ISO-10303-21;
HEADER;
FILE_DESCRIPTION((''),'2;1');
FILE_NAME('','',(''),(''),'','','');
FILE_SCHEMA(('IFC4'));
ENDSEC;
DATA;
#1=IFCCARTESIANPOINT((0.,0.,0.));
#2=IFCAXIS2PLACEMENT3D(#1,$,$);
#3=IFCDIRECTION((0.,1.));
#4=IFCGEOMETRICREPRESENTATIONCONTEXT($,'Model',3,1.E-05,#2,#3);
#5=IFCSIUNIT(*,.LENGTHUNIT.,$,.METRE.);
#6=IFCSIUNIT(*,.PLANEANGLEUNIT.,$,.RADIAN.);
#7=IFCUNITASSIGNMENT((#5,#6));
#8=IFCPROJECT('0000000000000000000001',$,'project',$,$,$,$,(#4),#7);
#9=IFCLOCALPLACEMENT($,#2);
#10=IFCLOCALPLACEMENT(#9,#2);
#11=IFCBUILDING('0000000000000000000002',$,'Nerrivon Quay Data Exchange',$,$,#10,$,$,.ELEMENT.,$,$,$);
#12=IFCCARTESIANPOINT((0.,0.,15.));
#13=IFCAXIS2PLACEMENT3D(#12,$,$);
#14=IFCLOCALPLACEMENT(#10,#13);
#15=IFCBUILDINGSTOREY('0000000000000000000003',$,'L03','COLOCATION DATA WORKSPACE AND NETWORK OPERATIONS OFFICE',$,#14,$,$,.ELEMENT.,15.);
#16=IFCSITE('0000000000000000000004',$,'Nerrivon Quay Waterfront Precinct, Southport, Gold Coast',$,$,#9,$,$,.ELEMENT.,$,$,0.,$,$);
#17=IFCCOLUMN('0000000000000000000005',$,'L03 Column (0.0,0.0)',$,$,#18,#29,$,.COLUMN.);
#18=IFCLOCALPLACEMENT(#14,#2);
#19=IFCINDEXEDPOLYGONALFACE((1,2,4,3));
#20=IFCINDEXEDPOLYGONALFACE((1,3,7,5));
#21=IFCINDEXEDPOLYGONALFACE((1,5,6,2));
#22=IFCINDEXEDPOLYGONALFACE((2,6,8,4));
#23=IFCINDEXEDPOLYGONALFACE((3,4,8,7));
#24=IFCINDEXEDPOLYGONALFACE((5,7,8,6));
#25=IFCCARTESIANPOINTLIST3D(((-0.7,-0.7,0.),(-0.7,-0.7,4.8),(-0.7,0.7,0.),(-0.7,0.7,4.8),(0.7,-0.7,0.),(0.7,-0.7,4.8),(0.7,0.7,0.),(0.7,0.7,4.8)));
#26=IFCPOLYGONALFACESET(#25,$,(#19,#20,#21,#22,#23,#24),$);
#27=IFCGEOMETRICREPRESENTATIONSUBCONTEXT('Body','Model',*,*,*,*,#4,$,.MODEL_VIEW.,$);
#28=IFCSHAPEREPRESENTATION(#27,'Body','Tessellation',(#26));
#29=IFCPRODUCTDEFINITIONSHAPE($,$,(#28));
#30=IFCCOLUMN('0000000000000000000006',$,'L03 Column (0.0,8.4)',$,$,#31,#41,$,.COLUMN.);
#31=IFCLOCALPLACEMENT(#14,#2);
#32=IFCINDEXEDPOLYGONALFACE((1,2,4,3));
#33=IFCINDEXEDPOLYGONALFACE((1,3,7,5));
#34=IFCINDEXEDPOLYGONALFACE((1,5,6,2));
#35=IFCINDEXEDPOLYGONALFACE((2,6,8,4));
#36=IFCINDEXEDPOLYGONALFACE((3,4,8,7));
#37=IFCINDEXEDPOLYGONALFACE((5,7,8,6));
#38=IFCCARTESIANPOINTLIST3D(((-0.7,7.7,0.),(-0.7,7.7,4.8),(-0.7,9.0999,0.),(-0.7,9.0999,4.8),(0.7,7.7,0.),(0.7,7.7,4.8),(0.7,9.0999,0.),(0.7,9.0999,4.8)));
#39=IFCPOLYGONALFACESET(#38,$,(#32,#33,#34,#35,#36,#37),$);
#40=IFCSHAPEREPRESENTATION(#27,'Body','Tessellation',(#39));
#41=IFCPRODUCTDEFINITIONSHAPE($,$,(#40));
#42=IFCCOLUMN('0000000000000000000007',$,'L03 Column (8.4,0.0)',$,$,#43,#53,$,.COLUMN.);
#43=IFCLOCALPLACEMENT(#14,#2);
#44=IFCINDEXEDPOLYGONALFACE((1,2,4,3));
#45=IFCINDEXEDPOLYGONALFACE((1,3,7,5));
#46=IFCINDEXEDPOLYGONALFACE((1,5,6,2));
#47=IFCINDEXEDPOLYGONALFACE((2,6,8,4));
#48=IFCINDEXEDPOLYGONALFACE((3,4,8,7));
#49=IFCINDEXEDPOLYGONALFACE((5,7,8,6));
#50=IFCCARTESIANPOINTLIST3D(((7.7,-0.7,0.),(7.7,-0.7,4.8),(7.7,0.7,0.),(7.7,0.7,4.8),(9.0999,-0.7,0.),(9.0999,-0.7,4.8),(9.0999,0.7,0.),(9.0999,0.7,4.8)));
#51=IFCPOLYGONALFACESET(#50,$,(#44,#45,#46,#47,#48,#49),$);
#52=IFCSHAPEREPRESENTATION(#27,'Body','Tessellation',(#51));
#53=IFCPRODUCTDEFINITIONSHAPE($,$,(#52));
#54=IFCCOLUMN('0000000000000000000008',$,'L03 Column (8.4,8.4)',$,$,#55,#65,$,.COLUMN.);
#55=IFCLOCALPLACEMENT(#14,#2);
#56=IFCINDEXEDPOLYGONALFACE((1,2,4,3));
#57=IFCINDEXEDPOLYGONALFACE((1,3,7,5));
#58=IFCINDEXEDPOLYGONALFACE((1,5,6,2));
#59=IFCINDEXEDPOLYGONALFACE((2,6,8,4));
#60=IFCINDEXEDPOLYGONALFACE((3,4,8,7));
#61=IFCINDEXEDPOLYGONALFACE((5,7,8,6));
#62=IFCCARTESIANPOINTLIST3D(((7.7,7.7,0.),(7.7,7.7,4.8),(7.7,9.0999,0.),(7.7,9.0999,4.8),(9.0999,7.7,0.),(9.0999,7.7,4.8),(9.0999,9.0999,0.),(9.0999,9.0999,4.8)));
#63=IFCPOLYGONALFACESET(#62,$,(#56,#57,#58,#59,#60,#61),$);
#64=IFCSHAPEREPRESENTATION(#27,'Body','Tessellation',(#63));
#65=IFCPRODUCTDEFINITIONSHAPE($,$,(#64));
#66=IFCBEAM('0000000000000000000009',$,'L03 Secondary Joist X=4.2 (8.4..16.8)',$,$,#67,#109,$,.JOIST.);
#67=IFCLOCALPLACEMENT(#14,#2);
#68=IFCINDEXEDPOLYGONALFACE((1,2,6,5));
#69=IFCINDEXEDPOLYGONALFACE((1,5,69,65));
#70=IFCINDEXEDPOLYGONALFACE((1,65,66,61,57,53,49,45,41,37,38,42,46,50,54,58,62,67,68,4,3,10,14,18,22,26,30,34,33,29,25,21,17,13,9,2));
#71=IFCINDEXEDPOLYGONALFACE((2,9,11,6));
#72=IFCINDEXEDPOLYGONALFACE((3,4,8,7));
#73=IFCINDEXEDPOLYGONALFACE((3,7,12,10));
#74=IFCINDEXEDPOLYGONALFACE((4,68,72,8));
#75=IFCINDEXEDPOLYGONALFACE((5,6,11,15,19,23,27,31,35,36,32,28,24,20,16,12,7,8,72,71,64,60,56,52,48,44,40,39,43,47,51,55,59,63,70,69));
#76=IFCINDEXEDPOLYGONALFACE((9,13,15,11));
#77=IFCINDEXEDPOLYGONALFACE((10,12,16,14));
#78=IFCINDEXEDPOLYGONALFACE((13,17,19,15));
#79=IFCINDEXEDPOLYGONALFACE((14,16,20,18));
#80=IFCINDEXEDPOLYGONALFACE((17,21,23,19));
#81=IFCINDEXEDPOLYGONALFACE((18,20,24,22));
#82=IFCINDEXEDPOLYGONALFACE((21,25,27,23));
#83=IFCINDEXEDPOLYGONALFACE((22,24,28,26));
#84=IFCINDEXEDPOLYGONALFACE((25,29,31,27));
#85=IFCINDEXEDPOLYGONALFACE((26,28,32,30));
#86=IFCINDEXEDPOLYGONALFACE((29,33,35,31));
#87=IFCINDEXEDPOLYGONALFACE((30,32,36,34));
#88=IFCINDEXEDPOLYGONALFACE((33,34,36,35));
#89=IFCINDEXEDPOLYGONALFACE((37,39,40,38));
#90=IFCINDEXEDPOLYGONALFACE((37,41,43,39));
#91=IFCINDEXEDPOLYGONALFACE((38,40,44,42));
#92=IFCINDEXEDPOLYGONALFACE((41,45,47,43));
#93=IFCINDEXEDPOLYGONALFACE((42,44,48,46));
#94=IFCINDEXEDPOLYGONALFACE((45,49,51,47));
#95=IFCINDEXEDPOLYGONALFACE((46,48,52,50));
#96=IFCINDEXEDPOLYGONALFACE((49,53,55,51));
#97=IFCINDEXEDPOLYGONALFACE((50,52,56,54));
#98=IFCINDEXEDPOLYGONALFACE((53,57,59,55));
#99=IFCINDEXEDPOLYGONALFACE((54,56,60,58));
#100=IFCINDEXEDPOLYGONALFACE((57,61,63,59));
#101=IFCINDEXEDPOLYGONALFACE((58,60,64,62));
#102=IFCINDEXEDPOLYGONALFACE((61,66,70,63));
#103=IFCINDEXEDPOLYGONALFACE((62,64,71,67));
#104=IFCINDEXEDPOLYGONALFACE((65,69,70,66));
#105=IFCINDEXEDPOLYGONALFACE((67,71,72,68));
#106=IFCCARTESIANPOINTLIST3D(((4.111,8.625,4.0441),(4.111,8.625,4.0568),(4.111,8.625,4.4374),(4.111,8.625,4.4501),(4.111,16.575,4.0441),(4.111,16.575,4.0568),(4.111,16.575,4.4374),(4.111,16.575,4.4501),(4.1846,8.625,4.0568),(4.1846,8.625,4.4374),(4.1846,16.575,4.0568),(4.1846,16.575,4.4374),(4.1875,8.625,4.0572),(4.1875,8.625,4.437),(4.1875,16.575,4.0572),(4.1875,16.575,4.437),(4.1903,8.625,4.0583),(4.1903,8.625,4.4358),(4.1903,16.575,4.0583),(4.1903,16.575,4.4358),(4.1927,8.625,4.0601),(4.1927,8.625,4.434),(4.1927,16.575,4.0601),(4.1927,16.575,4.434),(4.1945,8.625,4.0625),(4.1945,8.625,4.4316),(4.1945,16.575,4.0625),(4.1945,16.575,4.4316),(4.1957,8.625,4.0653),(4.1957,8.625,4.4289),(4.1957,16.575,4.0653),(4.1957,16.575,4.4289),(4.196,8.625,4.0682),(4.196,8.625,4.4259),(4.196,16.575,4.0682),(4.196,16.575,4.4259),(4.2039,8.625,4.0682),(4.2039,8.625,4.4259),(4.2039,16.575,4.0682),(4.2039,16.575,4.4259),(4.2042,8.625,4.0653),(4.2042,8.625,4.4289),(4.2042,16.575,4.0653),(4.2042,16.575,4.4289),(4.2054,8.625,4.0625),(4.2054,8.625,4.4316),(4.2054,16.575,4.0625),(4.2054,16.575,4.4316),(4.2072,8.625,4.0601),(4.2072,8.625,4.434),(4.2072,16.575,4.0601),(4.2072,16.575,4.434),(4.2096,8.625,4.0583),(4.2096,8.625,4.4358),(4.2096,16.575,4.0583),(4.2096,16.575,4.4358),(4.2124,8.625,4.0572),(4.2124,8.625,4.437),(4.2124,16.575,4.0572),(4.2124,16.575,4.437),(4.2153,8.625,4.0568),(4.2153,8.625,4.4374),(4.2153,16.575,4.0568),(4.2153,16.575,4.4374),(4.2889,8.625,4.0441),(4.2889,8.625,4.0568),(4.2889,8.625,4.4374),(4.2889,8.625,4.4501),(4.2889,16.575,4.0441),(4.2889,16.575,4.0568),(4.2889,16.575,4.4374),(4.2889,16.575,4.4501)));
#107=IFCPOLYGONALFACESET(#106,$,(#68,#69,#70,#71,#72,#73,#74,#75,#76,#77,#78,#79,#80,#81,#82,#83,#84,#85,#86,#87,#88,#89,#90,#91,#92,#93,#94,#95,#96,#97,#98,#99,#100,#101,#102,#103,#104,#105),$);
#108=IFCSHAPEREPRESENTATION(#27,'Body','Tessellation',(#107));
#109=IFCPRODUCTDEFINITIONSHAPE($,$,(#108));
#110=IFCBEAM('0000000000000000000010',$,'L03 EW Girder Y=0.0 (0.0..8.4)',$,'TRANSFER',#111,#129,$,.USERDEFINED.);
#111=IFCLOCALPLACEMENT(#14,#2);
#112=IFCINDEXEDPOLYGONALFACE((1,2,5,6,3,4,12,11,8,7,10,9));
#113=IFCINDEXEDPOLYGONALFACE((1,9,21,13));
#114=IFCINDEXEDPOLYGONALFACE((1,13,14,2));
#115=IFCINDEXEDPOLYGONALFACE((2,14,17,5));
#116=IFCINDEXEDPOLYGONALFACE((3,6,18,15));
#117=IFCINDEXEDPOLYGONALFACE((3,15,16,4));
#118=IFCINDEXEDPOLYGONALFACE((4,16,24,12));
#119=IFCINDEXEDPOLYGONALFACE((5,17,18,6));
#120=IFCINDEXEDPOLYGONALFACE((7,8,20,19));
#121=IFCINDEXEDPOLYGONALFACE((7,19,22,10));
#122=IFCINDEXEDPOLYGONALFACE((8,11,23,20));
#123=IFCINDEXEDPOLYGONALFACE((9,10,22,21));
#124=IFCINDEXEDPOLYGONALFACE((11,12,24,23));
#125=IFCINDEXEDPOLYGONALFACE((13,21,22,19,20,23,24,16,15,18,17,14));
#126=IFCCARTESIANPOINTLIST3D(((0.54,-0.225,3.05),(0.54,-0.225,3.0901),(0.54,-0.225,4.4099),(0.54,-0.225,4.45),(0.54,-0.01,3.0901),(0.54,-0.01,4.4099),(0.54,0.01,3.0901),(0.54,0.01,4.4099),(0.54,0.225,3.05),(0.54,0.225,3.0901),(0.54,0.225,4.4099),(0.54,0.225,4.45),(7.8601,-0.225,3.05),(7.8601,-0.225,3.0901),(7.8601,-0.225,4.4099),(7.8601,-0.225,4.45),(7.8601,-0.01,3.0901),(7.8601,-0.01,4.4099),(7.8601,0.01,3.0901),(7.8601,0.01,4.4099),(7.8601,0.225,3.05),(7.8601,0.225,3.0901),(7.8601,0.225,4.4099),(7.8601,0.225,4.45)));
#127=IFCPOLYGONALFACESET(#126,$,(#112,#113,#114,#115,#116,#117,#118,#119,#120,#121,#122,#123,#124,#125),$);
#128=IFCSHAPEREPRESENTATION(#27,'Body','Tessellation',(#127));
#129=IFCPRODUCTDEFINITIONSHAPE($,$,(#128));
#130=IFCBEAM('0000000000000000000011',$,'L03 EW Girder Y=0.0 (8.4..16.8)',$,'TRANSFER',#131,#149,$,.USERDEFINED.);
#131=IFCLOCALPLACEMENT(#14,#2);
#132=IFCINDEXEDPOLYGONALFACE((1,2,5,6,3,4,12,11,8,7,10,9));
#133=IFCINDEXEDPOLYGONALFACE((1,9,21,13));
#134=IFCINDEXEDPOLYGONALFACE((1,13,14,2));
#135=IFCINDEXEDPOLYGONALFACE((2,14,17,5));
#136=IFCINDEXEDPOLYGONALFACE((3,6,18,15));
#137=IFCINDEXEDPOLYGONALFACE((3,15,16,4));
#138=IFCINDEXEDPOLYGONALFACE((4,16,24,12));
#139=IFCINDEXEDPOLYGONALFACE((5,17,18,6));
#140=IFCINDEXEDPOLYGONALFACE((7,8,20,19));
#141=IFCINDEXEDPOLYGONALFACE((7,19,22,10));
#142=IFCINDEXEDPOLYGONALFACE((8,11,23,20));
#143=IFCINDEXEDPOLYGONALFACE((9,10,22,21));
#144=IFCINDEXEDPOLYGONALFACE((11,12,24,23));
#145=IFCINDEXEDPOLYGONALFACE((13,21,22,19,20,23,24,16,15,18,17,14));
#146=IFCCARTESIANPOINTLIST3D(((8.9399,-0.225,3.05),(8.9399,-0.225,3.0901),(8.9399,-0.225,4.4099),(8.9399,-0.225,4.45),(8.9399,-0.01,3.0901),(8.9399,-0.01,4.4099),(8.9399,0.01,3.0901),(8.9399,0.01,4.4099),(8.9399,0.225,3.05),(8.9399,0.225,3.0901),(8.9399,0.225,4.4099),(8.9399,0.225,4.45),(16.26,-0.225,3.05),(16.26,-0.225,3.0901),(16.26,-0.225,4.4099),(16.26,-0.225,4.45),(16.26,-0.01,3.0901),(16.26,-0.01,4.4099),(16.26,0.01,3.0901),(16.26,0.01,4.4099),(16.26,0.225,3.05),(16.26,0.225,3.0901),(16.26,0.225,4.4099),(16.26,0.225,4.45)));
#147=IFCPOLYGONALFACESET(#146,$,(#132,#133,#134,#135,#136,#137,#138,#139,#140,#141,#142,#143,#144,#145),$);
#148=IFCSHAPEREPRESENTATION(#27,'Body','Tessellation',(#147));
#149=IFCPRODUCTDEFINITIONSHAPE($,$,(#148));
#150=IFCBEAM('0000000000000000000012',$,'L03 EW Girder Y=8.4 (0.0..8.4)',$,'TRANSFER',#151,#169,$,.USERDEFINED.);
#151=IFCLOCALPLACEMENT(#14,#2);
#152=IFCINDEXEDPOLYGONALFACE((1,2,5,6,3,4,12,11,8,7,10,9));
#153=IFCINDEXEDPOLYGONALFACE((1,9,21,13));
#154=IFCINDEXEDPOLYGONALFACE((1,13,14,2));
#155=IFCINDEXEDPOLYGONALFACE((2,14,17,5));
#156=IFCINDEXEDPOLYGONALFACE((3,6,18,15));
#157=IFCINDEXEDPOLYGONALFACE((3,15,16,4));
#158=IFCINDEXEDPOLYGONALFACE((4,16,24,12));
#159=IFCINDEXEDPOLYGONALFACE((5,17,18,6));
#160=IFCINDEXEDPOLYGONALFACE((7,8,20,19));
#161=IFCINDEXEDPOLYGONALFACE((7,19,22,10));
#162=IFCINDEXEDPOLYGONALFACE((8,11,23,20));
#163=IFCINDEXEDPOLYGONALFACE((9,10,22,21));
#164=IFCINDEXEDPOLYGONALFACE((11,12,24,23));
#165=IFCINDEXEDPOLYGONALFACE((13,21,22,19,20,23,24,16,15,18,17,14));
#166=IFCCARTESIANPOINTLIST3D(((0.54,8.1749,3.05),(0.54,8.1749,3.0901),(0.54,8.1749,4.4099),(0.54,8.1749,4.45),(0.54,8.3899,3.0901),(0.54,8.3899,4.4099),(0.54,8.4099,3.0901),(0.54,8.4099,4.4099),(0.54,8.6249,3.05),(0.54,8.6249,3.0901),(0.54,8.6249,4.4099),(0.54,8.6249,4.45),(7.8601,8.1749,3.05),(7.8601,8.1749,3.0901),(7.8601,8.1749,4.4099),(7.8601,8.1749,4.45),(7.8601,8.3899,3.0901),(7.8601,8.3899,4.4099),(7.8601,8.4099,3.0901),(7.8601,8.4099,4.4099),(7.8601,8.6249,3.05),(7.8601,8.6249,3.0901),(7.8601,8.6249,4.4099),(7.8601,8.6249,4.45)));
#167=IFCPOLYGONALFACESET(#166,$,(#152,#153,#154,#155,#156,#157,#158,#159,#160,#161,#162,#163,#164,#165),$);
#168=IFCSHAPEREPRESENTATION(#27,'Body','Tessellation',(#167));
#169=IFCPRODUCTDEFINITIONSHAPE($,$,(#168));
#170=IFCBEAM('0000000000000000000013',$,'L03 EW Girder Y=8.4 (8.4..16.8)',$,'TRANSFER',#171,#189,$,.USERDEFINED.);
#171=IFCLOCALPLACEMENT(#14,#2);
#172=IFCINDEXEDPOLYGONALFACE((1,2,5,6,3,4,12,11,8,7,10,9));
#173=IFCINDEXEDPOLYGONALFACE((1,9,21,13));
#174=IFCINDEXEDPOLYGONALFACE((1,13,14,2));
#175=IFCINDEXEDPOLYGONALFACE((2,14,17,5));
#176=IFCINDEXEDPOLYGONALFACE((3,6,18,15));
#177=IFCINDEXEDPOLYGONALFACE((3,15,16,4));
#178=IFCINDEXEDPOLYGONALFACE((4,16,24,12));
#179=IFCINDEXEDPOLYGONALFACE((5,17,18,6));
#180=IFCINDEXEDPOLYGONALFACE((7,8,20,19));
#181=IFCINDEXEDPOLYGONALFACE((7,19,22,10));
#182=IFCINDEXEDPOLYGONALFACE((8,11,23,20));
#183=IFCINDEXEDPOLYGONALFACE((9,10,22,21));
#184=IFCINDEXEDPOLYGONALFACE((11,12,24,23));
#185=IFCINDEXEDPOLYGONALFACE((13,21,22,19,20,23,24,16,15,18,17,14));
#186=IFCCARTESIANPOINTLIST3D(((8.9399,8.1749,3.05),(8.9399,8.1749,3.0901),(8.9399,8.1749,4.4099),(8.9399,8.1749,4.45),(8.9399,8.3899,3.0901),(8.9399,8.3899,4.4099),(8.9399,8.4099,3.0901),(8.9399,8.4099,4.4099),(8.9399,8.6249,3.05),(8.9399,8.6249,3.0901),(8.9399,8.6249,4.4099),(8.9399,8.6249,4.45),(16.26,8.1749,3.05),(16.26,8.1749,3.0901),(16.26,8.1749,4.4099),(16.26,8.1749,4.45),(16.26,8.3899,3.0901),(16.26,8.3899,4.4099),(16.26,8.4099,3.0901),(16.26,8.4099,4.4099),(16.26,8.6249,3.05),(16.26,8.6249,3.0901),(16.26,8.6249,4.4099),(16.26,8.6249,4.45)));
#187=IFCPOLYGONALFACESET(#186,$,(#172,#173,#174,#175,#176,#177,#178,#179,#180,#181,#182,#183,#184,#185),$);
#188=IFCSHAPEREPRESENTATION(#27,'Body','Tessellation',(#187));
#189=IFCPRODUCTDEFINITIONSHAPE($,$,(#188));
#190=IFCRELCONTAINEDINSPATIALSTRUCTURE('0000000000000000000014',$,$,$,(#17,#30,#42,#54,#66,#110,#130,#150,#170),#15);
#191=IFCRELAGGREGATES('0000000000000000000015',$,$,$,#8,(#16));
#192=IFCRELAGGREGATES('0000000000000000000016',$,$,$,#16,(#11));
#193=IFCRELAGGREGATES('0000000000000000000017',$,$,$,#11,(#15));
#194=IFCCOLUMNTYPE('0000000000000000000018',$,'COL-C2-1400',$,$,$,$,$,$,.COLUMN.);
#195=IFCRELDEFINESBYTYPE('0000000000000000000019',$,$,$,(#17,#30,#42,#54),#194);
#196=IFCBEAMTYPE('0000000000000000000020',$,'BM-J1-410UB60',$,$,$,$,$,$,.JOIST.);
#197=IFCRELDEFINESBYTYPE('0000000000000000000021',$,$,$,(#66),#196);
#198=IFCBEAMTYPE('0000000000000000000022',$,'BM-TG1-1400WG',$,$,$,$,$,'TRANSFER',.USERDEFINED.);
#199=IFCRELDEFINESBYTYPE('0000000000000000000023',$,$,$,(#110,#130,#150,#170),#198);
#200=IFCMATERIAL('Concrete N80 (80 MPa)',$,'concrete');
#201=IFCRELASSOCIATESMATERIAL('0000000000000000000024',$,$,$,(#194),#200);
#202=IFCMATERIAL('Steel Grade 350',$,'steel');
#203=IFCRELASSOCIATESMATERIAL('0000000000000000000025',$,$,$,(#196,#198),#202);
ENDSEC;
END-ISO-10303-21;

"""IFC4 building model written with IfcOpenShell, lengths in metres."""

from ifc_helpers import new_model, si_unit, direction, frame, origin, origin_2d, place, context, subcontext, project, spatial, rectangle, i_section, extrude, material, material_profile, profile_set, type_object, element, save


model = new_model("IFC4")

# Units and contexts
model_context = context("Model", 3, precision=1e-05, world=origin(), true_north=direction((0.0, 1.0)))
body_context = subcontext(model_context, "Body", "Model", "MODEL_VIEW")
ifc_project = project(units=[si_unit("LENGTHUNIT", "METRE"), si_unit("PLANEANGLEUNIT", "RADIAN")], contexts=[model_context])

# Site, building, storey
site_placement = place(None, origin())
site = spatial("IfcSite", under=ifc_project, at=site_placement, Name="Nerrivon Quay Waterfront Precinct, Southport, Gold Coast", CompositionType="ELEMENT", RefElevation=0.0)
building_placement = place(site_placement, origin())
building = spatial("IfcBuilding", under=site, at=building_placement, Name="Nerrivon Quay Data Exchange", CompositionType="ELEMENT")
storey_placement = place(building_placement, frame((0.0, 0.0, 15.0)))
storey = spatial("IfcBuildingStorey", under=building, at=storey_placement, Name="L03", Description="COLOCATION DATA WORKSPACE AND NETWORK OPERATIONS OFFICE", CompositionType="ELEMENT", Elevation=15.0)

# Columns
ifc_material_1 = material(Name="Concrete N80 (80 MPa)", Category="concrete")
ifc_material_profile_1 = material_profile(ifc_material_1, rectangle(XDim=1.3999, YDim=1.3999, at=origin_2d()), Name="RC-COL-1400x1400")
ifc_profile_set_1 = profile_set([ifc_material_profile_1], Name="Concrete N80 (80 MPa)")
column_type = type_object("IfcColumnType", Name="COL-C2-1400", PredefinedType="COLUMN", material=ifc_profile_set_1)
for number, where, z_axis, x_axis, name in (
    (1, (0.0, 0.0, 0.0), (0.0, 0.0, 1.0), (1.0, 0.0, 0.0), "L03 Column (0.0,0.0)"),
    (2, (0.0, 8.3999, 0.0), (0.0, 0.0, 1.0), (1.0, 0.0, 0.0), "L03 Column (0.0,8.4)"),
    (3, (8.3999, 0.0, 0.0), (0.0, 0.0, 1.0), (1.0, 0.0, 0.0), "L03 Column (8.4,0.0)"),
    (4, (8.3999, 8.3999, 0.0), (0.0, 0.0, 1.0), (1.0, 0.0, 0.0), "L03 Column (8.4,8.4)"),
):
    element("IfcColumn", number, at=place(storey_placement, frame(where, z_axis=z_axis, x_axis=x_axis)), inside=storey, type_object=column_type, Name=name, PredefinedType="COLUMN", context=body_context, shape_type="SweptSolid", body=[
        extrude(rectangle(XDim=1.3999, YDim=1.3999, at=origin_2d()), origin(), (0.0, 0.0, 1.0), 4.8),
    ])

# Beams
ifc_material_2 = material(Name="Steel Grade 350", Category="steel")
ifc_material_profile_2 = material_profile(ifc_material_2, i_section(OverallWidth=0.178, OverallDepth=0.406, WebThickness=0.0078, FlangeThickness=0.0127, FilletRadius=0.0115, at=origin_2d()), Name="410UB59.7")
ifc_profile_set_2 = profile_set([ifc_material_profile_2], Name="Steel Grade 350")
beam_type_1 = type_object("IfcBeamType", Name="BM-J1-410UB60", PredefinedType="JOIST", material=ifc_profile_set_2)
beam_placement = place(storey_placement, frame((4.2, 8.625, 4.2471), z_axis=(0.0, 1.0, 0.0), x_axis=(-1.0, 0.0, 0.0)))
element("IfcBeam", 5, at=beam_placement, inside=storey, type_object=beam_type_1, Name="L03 Secondary Joist X=4.2 (8.4..16.8)", PredefinedType="JOIST", context=body_context, shape_type="SweptSolid", body=[
    extrude(i_section(OverallWidth=0.178, OverallDepth=0.406, WebThickness=0.0078, FlangeThickness=0.0127, FilletRadius=0.0115, at=origin_2d()), origin(), (0.0, 0.0, 1.0), 7.95),
])
ifc_material_profile_3 = material_profile(ifc_material_2, i_section(OverallWidth=0.45, OverallDepth=1.3999, WebThickness=0.02, FlangeThickness=0.04, at=origin_2d()), Name="1400WG455")
ifc_profile_set_3 = profile_set([ifc_material_profile_3], Name="Steel Grade 350")
beam_type_2 = type_object("IfcBeamType", Name="BM-TG1-1400WG", ElementType="TRANSFER", PredefinedType="USERDEFINED", material=ifc_profile_set_3)
for number, where, z_axis, x_axis, name in (
    (6, (0.54, 0.0, 3.75), (1.0, 0.0, 0.0), (0.0, 1.0, 0.0), "L03 EW Girder Y=0.0 (0.0..8.4)"),
    (7, (8.9399, 0.0, 3.75), (1.0, 0.0, 0.0), (0.0, 1.0, 0.0), "L03 EW Girder Y=0.0 (8.4..16.8)"),
    (8, (0.54, 8.3999, 3.75), (1.0, 0.0, 0.0), (0.0, 1.0, 0.0), "L03 EW Girder Y=8.4 (0.0..8.4)"),
    (9, (8.9399, 8.3999, 3.75), (1.0, 0.0, 0.0), (0.0, 1.0, 0.0), "L03 EW Girder Y=8.4 (8.4..16.8)"),
):
    element("IfcBeam", number, at=place(storey_placement, frame(where, z_axis=z_axis, x_axis=x_axis)), inside=storey, type_object=beam_type_2, Name=name, ObjectType="TRANSFER", PredefinedType="USERDEFINED", context=body_context, shape_type="SweptSolid", body=[
        extrude(i_section(OverallWidth=0.45, OverallDepth=1.3999, WebThickness=0.02, FlangeThickness=0.04, at=origin_2d()), origin(), (0.0, 0.0, 1.0), 7.3201),
    ])

save(model, "model.ifc")
